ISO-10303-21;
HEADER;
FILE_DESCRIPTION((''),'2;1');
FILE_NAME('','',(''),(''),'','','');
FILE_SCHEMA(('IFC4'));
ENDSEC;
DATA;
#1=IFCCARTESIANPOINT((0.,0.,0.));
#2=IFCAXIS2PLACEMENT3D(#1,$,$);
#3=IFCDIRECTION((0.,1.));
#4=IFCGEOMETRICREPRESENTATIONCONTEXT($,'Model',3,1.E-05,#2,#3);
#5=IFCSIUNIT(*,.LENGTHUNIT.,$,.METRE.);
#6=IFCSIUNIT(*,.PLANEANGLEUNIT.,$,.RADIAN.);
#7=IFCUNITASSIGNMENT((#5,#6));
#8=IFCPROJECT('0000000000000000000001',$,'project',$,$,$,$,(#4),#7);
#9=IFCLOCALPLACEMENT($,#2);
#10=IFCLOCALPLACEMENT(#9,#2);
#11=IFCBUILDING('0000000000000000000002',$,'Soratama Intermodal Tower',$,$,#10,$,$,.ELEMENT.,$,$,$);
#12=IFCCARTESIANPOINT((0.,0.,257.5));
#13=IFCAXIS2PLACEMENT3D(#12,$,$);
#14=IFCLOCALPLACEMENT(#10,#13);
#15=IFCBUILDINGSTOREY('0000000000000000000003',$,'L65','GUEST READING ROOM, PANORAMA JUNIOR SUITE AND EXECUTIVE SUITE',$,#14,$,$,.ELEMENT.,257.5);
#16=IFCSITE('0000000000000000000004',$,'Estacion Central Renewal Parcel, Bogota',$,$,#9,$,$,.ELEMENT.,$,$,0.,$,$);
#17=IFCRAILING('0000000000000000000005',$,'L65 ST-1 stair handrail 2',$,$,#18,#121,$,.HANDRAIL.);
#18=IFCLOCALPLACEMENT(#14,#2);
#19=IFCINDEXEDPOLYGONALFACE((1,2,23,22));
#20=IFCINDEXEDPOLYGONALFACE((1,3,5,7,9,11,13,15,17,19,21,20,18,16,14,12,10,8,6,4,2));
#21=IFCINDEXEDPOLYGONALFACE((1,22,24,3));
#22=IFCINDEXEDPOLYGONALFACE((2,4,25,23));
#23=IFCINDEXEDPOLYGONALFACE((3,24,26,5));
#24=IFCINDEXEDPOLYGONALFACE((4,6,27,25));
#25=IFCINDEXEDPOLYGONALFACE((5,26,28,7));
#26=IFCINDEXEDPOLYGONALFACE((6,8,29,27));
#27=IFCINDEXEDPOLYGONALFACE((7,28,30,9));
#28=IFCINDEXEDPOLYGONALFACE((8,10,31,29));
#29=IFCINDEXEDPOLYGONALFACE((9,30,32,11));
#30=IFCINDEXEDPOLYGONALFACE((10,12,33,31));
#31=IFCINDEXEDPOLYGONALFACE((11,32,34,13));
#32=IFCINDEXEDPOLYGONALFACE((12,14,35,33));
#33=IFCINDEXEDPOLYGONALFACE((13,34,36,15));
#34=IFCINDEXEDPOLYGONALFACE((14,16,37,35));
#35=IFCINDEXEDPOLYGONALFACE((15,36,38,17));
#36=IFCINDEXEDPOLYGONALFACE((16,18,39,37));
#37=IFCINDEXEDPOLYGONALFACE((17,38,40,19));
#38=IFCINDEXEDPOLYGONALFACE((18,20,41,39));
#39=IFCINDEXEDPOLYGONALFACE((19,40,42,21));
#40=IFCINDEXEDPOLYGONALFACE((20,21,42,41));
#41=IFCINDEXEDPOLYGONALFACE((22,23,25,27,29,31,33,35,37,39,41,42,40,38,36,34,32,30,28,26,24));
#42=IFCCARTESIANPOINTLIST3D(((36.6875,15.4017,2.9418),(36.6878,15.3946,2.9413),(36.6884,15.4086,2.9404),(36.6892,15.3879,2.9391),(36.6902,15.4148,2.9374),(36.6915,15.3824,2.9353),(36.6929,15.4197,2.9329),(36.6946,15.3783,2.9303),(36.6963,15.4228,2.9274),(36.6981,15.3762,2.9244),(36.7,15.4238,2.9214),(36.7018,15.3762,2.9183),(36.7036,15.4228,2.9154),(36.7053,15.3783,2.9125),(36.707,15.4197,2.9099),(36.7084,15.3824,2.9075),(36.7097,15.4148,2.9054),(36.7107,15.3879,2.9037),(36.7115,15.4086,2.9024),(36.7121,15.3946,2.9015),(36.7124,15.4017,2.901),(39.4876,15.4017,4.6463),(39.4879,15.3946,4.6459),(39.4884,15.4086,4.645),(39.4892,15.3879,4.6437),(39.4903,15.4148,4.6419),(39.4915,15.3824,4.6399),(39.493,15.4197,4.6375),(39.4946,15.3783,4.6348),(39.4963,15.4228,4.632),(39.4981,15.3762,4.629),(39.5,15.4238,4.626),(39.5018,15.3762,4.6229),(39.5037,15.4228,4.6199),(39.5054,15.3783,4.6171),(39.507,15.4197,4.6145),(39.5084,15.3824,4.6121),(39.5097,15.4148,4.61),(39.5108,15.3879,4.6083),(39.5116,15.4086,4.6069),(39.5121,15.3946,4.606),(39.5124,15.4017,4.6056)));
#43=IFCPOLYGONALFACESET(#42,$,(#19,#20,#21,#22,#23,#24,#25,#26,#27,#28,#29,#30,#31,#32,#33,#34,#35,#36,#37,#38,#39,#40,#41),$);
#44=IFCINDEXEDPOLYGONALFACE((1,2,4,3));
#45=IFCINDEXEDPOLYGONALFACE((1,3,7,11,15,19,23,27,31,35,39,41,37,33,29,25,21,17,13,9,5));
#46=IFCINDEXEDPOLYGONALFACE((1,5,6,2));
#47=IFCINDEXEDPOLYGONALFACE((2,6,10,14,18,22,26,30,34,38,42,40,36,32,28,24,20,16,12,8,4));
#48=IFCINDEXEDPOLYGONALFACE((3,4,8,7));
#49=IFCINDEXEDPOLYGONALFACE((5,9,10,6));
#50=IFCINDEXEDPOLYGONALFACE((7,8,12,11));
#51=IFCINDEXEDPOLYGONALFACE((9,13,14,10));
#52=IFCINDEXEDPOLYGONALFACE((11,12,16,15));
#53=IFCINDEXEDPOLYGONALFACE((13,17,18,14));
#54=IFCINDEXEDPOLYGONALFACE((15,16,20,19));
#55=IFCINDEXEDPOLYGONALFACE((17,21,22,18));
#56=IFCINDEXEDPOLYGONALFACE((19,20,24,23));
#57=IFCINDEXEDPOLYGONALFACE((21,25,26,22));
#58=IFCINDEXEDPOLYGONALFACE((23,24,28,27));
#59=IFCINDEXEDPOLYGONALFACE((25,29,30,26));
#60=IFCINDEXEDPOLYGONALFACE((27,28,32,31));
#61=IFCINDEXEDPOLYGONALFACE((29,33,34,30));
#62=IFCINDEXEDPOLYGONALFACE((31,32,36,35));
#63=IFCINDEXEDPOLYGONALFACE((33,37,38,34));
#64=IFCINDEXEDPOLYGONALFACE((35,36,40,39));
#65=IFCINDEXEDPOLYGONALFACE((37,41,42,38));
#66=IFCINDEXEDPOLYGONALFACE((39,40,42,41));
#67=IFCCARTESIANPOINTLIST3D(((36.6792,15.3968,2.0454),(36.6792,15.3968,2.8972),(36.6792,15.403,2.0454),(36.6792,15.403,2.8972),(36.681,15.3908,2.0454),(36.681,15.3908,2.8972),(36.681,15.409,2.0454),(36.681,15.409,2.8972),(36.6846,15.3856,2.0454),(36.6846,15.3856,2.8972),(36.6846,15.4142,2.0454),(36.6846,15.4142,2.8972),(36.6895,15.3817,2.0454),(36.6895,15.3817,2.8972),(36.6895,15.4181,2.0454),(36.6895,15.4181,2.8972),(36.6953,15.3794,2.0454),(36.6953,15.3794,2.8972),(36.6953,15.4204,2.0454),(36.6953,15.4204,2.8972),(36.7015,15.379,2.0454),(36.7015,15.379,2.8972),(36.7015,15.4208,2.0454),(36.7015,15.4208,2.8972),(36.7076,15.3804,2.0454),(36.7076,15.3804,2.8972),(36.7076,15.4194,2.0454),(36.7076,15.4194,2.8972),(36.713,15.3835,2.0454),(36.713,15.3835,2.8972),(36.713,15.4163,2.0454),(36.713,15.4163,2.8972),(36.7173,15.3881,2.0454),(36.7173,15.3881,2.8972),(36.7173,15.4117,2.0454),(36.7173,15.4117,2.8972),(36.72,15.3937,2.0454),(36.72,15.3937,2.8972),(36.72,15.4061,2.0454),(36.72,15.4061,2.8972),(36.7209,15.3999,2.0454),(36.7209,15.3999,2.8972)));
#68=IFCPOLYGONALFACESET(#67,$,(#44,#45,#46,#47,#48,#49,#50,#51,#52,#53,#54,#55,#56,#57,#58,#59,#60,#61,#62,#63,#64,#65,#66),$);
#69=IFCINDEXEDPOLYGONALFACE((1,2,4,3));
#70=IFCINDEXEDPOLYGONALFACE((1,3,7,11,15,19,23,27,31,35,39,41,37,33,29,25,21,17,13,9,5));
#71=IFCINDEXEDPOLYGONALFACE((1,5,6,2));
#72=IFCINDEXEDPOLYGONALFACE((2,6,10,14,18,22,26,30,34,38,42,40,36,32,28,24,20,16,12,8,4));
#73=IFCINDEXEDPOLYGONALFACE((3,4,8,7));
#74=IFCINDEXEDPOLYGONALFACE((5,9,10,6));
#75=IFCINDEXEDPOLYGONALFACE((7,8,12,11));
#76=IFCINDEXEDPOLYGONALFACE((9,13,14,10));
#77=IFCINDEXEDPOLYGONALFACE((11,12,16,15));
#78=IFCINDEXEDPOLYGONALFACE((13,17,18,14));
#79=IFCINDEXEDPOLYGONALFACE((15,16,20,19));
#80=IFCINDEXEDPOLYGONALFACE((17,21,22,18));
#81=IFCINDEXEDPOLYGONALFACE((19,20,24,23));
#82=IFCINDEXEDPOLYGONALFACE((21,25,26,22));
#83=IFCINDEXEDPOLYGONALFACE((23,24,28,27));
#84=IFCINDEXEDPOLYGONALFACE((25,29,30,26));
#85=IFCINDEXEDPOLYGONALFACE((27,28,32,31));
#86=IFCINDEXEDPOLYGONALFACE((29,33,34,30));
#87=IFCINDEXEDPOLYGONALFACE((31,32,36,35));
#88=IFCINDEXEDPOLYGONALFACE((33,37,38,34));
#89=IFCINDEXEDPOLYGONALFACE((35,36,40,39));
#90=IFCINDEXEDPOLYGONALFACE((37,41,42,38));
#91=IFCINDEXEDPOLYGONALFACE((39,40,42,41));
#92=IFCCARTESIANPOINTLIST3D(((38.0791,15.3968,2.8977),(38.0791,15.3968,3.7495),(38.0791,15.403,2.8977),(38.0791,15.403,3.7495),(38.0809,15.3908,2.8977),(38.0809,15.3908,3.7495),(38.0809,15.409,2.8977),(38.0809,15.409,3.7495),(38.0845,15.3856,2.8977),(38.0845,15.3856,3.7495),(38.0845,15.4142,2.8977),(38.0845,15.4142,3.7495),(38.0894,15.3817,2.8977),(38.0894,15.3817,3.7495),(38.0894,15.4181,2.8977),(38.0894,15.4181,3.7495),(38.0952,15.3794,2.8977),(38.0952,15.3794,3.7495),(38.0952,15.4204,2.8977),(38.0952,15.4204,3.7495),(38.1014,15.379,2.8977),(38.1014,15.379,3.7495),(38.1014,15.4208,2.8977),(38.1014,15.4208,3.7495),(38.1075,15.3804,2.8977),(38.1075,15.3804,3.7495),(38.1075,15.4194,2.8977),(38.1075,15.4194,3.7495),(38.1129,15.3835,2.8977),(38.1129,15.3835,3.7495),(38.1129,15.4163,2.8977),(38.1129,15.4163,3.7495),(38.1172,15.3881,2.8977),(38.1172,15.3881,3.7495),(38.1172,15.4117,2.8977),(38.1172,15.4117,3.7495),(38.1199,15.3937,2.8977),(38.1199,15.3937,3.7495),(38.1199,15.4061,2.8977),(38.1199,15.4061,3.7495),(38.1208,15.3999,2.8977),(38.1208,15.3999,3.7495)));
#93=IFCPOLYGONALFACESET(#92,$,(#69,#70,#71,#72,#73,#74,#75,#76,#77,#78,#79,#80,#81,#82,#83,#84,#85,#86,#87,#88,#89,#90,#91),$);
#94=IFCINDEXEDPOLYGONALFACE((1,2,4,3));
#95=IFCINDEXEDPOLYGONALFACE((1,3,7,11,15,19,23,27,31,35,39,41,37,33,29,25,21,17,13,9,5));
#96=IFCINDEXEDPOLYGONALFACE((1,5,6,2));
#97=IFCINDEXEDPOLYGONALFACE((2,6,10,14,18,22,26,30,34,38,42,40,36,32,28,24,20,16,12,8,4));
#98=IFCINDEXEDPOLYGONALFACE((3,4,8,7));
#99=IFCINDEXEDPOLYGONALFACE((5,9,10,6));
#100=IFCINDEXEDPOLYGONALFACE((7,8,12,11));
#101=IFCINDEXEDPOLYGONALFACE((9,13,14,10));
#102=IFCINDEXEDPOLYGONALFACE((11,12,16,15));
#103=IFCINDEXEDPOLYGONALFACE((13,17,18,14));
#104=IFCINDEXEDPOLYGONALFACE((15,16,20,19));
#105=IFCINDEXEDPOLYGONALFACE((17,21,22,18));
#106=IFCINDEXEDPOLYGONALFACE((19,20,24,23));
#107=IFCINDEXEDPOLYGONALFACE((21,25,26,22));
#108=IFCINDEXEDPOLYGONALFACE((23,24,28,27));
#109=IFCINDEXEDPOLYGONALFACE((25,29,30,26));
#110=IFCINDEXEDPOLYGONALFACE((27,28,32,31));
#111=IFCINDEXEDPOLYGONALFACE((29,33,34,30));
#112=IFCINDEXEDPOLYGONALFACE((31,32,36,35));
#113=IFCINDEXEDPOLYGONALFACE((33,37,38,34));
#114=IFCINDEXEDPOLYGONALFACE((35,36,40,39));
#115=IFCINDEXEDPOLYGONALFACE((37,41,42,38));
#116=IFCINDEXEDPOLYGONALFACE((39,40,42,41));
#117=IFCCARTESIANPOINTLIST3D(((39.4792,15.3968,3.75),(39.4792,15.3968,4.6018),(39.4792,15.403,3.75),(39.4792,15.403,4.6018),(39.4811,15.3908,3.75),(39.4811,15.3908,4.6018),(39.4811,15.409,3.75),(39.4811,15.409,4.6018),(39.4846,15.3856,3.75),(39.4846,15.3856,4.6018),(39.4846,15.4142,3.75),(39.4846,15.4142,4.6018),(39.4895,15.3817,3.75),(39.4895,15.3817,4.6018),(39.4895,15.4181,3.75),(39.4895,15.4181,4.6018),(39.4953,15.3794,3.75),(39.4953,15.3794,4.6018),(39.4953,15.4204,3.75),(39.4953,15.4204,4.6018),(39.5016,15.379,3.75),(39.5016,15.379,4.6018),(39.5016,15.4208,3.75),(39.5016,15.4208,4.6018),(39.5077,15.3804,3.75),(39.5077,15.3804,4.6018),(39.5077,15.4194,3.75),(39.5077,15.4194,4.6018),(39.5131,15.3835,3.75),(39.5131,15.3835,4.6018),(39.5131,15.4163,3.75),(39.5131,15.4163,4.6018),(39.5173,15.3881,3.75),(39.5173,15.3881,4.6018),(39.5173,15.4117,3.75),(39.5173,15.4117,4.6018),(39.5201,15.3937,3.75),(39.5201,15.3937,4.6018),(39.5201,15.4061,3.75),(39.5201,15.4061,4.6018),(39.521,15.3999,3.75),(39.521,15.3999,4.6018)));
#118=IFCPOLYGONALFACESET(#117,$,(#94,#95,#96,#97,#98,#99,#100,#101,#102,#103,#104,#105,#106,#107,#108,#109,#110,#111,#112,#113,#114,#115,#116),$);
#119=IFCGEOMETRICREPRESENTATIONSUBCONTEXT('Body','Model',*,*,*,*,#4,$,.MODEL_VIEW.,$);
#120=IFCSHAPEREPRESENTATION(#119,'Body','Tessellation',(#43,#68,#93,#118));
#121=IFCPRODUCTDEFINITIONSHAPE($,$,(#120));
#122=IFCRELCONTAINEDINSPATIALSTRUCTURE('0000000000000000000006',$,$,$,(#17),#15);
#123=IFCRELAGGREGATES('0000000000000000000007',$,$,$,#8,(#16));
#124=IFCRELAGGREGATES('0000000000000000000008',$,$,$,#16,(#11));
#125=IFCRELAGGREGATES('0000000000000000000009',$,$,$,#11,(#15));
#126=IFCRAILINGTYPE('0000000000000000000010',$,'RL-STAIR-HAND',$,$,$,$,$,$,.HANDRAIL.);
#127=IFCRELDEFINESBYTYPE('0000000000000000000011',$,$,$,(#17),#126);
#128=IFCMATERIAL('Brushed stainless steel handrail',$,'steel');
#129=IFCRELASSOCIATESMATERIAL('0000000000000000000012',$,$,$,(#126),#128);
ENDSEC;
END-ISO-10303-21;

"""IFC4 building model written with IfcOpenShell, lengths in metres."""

from ifc_helpers import new_model, si_unit, direction, frame, origin, origin_2d, place, context, subcontext, project, spatial, circle, extrude, material, type_object, element, save


model = new_model("IFC4")

# Units and contexts
model_context = context("Model", 3, precision=1e-05, world=origin(), true_north=direction((0.0, 1.0)))
body_context = subcontext(model_context, "Body", "Model", "MODEL_VIEW")
ifc_project = project(units=[si_unit("LENGTHUNIT", "METRE"), si_unit("PLANEANGLEUNIT", "RADIAN")], contexts=[model_context])

# Site, building, storey
site_placement = place(None, origin())
site = spatial("IfcSite", under=ifc_project, at=site_placement, Name="Estacion Central Renewal Parcel, Bogota", CompositionType="ELEMENT", RefElevation=0.0)
building_placement = place(site_placement, origin())
building = spatial("IfcBuilding", under=site, at=building_placement, Name="Soratama Intermodal Tower", CompositionType="ELEMENT")
storey_placement = place(building_placement, frame((0.0, 0.0, 257.5)))
storey = spatial("IfcBuildingStorey", under=building, at=storey_placement, Name="L65", Description="GUEST READING ROOM, PANORAMA JUNIOR SUITE AND EXECUTIVE SUITE", CompositionType="ELEMENT", Elevation=257.5)

# Railing
ifc_material_1 = material(Name="Brushed stainless steel handrail", Category="steel")
railing_type_1 = type_object("IfcRailingType", Name="RL-STAIR-HAND", PredefinedType="HANDRAIL", material=ifc_material_1)
railing_1_placement = place(storey_placement, frame((36.7, 15.3999, 2.0454)))
element("IfcRailing", 1, at=railing_1_placement, inside=storey, type_object=railing_type_1, Name="L65 ST-1 stair handrail 2", PredefinedType="HANDRAIL", context=body_context, shape_type="SweptSolid", body=[
    extrude(circle(Radius=0.0239, at=origin_2d()), frame((0.0, 0.0, 0.876), z_axis=(0.85417, 0.0, 0.519994), x_axis=(0.0, 1.0, 0.0)), (0.0, 0.0, 1.0), 3.2781),
    extrude(circle(Radius=0.021, at=origin_2d()), origin(), (0.0, 0.0, 1.0), 0.8518),
    extrude(circle(Radius=0.021, at=origin_2d()), frame((1.3999, 0.0, 0.8523)), (0.0, 0.0, 1.0), 0.8518),
    extrude(circle(Radius=0.021, at=origin_2d()), frame((2.8, 0.0, 1.7046)), (0.0, 0.0, 1.0), 0.8518),
])

save(model, "model.ifc")
